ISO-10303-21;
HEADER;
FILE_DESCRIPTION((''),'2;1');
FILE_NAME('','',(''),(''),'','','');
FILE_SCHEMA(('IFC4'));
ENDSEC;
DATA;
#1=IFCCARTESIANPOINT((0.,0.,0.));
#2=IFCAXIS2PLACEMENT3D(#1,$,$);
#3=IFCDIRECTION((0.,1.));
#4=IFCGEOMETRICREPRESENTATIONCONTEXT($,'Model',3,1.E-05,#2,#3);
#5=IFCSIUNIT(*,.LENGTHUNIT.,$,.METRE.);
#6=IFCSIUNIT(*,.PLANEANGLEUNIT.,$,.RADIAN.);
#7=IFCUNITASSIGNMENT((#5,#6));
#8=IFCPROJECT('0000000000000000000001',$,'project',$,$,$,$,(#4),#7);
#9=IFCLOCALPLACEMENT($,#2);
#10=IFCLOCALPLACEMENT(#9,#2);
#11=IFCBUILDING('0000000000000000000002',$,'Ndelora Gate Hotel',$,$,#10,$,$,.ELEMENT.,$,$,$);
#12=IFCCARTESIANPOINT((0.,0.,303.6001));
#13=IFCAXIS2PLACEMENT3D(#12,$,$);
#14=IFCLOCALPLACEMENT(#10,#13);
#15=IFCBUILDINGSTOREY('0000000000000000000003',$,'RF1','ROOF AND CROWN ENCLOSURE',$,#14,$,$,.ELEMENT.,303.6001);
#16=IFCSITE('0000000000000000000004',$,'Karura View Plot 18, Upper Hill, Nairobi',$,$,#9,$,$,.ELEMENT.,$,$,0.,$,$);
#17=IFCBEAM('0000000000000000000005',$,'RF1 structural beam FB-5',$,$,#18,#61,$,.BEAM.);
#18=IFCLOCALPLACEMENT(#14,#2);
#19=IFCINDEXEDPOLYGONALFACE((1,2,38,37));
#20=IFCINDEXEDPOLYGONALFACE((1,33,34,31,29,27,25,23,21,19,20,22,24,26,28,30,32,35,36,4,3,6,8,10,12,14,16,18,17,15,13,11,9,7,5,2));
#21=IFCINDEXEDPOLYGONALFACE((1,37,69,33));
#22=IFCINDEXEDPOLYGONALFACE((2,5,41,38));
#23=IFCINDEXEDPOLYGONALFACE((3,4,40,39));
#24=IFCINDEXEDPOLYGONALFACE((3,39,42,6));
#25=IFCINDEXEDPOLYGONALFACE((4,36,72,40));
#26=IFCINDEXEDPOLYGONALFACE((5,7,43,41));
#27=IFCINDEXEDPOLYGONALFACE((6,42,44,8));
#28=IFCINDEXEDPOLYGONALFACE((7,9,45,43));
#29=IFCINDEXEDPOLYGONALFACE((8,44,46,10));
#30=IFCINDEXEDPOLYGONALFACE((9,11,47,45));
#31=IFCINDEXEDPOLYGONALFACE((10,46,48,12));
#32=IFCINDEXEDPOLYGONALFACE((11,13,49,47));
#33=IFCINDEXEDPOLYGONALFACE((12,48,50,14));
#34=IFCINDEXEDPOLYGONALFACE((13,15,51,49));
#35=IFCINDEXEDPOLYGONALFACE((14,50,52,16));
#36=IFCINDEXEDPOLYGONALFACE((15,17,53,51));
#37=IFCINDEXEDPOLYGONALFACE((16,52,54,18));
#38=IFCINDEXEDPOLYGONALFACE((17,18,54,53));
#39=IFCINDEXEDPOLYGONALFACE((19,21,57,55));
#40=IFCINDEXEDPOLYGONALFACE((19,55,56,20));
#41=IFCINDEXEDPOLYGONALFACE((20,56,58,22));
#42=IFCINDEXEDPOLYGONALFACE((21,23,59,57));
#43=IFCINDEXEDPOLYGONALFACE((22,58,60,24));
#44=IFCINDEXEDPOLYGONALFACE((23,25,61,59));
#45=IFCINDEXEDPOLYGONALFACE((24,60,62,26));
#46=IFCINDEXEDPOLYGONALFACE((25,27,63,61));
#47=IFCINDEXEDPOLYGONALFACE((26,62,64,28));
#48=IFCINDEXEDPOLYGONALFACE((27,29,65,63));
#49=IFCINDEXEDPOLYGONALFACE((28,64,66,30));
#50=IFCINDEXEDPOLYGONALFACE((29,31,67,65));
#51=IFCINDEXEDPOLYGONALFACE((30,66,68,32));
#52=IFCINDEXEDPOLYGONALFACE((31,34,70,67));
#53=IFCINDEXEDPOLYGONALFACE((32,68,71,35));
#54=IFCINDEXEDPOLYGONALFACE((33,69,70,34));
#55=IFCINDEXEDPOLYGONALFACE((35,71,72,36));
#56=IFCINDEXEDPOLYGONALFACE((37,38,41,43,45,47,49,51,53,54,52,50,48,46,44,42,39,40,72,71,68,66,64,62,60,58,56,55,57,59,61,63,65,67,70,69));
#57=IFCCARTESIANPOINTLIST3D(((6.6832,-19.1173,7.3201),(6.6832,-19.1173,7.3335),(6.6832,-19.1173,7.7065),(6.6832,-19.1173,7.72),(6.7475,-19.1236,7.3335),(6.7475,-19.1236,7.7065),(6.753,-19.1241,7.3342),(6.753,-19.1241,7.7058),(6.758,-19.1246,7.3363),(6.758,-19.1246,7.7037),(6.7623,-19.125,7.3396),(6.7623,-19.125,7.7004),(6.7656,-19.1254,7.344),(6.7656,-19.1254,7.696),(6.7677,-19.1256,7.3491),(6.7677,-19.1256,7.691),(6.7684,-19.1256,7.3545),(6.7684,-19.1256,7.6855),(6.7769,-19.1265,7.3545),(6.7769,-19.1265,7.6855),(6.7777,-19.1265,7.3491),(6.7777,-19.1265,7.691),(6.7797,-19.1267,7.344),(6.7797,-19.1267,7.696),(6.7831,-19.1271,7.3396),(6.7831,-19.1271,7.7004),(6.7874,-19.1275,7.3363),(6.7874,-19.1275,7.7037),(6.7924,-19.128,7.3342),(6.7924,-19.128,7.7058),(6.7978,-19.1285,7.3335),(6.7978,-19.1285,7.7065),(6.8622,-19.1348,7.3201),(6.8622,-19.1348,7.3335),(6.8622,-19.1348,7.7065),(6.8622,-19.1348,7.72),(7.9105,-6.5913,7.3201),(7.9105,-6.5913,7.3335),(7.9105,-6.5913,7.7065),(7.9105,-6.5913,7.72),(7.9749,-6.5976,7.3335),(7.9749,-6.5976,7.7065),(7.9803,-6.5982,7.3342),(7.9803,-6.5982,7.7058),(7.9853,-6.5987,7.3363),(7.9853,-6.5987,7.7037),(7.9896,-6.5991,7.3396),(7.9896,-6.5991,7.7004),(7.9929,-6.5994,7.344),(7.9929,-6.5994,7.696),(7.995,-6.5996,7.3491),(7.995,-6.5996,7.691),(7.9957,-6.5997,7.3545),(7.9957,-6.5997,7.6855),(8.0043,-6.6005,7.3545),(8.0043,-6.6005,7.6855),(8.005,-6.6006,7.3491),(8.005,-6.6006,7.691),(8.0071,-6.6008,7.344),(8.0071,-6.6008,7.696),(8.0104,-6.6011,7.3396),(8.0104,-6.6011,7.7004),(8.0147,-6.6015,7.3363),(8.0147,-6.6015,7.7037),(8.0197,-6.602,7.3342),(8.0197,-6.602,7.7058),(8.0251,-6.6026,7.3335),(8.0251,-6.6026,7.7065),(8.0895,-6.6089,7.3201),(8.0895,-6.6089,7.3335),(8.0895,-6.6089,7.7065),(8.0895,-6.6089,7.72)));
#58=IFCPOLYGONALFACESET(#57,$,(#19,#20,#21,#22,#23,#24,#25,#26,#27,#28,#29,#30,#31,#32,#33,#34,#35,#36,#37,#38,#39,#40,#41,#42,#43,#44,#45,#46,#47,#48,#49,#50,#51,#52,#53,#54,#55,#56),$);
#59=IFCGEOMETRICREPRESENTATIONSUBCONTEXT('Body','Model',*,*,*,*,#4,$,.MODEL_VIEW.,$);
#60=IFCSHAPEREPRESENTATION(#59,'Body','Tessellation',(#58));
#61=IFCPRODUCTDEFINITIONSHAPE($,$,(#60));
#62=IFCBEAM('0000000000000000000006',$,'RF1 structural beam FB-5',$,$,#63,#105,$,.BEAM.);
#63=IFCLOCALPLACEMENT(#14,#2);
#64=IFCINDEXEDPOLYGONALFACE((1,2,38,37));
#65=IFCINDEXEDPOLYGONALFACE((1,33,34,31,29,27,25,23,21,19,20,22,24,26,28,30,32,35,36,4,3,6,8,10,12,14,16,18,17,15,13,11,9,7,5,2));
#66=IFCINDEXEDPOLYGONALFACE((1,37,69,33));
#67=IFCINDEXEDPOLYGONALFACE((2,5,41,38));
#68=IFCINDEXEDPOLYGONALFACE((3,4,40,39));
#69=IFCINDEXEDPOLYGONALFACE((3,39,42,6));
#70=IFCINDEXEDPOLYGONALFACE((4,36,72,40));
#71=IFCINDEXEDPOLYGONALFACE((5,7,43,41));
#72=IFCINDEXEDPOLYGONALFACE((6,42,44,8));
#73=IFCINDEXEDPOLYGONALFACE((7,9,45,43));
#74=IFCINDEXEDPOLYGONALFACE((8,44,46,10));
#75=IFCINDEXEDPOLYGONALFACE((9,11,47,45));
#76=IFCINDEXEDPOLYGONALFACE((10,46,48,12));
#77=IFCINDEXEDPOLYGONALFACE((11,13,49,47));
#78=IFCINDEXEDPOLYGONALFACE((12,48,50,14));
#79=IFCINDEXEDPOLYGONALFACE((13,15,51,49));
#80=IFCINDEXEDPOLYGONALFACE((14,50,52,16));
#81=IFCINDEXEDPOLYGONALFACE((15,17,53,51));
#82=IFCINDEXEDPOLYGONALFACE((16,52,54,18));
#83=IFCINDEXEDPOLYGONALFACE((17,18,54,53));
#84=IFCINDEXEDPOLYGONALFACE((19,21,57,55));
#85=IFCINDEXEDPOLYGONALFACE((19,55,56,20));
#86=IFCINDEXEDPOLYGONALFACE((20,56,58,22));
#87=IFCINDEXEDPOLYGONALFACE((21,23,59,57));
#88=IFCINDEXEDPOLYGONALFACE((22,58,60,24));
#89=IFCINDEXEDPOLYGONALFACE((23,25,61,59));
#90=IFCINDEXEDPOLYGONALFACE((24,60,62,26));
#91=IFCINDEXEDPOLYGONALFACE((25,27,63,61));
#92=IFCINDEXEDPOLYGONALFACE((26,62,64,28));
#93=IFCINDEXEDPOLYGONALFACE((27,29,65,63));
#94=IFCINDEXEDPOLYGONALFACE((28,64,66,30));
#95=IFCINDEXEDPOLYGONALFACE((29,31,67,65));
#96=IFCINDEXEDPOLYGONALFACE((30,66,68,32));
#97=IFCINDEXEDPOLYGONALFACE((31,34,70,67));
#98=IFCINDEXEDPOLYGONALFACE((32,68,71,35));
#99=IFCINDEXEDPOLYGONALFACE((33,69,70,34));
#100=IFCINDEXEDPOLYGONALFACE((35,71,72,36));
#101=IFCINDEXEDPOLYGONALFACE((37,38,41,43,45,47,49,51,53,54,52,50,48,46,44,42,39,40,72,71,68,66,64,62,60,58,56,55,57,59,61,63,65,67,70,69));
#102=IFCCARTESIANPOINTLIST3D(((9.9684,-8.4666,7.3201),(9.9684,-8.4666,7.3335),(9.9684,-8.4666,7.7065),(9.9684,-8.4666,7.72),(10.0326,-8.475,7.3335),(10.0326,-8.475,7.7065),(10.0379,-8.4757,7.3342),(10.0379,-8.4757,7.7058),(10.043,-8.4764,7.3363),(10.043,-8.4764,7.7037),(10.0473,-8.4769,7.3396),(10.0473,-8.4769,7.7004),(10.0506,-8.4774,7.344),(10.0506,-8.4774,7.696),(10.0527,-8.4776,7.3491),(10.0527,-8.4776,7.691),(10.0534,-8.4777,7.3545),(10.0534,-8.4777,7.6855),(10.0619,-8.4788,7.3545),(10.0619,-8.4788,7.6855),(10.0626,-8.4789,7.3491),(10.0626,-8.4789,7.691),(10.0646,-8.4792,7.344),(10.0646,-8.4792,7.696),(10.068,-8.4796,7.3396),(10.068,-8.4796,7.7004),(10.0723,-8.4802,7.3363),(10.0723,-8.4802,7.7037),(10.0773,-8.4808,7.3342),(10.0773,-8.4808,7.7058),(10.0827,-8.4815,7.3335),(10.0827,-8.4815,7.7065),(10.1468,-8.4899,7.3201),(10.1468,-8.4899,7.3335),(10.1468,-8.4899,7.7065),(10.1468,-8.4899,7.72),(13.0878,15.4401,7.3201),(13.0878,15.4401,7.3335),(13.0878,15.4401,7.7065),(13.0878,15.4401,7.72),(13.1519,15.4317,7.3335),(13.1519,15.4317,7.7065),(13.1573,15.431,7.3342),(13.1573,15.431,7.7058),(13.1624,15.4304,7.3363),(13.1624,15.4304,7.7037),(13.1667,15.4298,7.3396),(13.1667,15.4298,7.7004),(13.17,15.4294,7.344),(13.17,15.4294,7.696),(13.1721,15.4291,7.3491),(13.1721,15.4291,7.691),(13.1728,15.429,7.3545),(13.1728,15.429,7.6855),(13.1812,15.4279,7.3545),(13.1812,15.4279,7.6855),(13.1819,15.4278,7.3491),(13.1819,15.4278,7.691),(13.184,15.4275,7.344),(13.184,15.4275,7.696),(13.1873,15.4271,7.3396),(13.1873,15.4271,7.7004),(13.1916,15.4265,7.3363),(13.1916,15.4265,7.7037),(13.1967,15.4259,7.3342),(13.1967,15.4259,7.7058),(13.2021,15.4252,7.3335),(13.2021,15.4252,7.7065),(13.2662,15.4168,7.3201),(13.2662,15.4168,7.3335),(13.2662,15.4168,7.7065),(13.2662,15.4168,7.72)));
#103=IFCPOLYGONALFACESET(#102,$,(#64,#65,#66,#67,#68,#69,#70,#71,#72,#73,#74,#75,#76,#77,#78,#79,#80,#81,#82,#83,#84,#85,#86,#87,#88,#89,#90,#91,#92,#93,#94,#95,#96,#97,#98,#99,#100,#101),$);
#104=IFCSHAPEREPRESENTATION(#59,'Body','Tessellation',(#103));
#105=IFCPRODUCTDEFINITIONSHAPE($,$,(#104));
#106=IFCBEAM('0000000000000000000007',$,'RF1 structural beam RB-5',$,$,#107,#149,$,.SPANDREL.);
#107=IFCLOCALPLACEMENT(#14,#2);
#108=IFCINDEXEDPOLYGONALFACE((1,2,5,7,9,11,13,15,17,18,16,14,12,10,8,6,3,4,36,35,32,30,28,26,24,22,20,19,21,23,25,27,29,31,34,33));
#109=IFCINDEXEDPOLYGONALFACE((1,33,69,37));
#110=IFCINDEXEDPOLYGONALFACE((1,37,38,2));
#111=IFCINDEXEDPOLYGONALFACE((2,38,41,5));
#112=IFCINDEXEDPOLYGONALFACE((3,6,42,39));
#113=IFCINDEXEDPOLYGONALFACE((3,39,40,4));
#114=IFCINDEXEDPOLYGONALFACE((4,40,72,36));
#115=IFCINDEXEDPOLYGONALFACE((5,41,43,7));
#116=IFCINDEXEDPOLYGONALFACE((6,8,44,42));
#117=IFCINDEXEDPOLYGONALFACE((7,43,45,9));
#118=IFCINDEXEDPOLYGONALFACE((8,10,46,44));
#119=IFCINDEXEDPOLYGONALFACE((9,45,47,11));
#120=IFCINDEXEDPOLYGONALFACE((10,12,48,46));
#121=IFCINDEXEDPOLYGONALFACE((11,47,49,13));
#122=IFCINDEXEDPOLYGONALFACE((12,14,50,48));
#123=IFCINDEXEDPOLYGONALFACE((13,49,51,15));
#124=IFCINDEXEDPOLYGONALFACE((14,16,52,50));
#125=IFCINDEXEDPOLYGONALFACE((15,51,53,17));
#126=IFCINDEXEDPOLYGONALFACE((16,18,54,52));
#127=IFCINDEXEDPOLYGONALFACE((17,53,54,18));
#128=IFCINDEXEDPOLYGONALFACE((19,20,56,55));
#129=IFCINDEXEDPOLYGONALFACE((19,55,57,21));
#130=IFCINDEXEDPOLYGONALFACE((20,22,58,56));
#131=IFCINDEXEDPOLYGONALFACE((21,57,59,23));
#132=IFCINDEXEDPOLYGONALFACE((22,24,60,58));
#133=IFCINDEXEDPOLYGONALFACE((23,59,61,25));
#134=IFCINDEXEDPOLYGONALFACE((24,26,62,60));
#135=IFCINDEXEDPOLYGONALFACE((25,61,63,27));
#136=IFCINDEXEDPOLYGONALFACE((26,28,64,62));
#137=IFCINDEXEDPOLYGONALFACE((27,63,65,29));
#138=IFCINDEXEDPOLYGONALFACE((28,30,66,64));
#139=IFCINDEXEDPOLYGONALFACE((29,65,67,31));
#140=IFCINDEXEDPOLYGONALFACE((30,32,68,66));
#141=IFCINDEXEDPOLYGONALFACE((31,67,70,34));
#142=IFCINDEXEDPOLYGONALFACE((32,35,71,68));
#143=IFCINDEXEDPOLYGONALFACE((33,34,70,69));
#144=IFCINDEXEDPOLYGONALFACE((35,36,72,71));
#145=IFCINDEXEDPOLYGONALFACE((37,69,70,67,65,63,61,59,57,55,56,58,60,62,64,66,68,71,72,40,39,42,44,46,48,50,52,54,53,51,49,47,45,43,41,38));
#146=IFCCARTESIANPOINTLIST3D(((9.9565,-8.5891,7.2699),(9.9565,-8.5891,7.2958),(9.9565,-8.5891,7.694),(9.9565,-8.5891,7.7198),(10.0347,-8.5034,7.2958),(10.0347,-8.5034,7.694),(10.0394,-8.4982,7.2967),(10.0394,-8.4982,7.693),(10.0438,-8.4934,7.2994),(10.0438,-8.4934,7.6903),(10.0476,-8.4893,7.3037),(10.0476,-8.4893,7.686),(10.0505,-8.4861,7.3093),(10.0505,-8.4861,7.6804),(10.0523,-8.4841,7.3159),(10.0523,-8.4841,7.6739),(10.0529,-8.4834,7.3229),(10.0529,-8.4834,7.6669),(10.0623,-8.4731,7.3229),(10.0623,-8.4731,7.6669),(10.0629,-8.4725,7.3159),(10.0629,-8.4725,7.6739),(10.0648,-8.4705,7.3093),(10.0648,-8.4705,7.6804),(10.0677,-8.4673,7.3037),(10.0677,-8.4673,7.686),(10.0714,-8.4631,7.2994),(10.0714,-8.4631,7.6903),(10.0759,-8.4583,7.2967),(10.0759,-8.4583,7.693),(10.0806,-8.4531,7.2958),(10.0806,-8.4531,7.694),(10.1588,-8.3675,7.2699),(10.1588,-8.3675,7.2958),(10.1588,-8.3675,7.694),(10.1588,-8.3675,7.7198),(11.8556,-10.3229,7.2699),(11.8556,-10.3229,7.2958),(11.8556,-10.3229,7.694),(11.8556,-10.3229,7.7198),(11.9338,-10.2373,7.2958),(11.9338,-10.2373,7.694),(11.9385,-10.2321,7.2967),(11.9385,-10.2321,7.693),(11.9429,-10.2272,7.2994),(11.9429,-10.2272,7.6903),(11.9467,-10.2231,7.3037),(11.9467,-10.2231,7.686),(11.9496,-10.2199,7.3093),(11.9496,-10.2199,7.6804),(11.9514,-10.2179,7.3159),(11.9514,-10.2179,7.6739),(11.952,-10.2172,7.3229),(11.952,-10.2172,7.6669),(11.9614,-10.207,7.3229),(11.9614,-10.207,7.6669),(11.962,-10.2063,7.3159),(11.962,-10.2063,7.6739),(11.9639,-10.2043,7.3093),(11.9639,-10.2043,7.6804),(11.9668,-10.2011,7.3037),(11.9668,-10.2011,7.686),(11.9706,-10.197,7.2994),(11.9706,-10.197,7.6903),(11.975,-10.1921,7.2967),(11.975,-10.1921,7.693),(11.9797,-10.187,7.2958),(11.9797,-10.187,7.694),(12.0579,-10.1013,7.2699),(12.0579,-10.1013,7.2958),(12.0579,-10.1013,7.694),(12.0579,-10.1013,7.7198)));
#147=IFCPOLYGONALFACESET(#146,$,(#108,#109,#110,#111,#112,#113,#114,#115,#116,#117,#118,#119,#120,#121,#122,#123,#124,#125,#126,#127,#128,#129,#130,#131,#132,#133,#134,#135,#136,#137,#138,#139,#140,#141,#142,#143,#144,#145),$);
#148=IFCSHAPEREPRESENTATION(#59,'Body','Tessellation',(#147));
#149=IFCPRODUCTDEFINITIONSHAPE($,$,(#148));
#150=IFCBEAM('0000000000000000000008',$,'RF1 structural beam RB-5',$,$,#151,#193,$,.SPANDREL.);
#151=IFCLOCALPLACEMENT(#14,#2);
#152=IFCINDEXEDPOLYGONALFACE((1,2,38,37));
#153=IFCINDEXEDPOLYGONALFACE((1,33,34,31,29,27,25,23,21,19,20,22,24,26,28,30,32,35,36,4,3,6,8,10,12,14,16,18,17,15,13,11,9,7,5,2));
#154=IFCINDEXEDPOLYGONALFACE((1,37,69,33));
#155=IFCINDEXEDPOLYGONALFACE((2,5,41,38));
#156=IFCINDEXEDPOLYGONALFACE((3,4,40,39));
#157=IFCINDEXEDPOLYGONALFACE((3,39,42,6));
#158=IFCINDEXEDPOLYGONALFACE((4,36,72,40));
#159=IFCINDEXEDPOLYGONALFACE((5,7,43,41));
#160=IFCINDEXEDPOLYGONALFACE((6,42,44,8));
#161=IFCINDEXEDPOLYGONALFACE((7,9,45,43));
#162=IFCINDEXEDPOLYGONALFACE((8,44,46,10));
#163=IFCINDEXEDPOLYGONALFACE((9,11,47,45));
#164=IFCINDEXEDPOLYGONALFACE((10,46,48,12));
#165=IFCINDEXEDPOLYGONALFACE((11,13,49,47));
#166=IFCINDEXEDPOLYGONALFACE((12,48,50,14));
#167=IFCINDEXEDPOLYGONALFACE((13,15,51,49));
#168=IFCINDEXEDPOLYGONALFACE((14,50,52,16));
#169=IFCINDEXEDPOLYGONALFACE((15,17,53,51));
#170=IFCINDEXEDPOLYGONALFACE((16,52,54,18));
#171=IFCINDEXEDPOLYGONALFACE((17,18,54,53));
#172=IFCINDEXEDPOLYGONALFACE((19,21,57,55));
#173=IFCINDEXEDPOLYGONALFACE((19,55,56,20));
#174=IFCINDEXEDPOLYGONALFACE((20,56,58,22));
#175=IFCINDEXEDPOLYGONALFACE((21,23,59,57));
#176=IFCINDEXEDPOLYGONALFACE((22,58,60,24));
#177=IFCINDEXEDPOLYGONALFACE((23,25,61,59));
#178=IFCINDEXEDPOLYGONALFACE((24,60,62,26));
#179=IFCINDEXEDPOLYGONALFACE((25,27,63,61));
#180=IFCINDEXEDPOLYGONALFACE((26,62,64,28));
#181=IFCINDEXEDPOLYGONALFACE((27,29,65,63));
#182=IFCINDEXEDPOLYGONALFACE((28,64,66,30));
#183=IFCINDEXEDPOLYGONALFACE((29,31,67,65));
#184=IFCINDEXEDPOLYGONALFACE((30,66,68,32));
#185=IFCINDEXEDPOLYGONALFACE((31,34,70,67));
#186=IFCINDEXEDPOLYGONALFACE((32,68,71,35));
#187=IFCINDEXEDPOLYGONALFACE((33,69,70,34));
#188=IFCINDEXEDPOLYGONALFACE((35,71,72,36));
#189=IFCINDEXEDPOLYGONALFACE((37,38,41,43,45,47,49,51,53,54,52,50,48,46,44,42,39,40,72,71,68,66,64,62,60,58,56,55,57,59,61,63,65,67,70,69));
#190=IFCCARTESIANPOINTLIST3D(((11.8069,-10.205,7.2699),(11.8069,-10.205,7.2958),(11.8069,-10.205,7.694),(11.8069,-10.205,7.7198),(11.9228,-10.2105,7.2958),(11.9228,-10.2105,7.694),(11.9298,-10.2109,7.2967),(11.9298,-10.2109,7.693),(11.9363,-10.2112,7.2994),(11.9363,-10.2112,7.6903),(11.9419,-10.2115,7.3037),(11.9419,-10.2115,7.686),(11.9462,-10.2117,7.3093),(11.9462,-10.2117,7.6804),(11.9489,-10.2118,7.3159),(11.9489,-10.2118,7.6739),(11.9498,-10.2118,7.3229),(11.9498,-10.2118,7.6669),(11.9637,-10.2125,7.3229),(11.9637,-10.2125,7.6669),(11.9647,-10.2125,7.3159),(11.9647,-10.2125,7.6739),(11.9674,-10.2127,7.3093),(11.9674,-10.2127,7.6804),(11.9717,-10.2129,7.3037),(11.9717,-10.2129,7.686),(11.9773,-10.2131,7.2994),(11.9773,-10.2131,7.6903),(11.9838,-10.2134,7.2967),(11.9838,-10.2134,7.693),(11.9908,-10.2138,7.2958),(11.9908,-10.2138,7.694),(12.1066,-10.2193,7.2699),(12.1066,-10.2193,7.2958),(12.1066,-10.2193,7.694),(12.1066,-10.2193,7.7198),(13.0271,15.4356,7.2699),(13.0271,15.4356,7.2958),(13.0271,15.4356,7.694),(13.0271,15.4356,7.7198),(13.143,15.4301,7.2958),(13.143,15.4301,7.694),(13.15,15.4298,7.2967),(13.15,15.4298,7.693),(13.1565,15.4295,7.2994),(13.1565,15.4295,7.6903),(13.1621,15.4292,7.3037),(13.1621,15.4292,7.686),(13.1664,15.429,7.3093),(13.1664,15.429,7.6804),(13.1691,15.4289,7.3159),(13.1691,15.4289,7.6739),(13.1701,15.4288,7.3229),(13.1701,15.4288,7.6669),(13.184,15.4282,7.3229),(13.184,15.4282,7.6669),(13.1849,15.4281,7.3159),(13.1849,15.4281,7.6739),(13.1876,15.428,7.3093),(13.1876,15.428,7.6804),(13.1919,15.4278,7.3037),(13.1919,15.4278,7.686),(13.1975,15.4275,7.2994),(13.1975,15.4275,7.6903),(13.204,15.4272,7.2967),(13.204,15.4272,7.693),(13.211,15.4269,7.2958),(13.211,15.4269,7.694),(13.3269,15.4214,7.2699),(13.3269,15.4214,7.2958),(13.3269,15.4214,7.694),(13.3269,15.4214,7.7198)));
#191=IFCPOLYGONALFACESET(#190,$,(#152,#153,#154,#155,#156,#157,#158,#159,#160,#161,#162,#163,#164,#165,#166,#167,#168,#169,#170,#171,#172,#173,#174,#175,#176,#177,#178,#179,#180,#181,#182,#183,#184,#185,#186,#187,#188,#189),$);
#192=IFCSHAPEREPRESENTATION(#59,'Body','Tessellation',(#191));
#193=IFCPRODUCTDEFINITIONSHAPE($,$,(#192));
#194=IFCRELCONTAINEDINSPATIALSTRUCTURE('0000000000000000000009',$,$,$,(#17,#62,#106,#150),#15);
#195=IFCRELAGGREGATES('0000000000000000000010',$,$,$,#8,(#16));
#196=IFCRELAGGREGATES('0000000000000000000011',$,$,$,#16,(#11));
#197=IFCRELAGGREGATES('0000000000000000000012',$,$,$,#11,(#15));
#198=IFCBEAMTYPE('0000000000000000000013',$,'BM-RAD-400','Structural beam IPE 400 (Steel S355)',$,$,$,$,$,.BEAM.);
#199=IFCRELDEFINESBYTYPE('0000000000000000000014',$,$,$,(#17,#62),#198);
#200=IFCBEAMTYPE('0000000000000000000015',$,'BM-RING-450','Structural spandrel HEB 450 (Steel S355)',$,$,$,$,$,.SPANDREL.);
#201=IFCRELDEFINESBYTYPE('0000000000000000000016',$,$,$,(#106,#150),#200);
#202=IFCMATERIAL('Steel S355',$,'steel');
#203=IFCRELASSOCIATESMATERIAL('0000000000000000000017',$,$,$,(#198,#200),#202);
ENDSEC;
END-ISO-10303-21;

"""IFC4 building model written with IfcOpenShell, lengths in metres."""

from ifc_helpers import new_model, si_unit, direction, frame, origin, origin_2d, place, context, subcontext, project, spatial, i_section, extrude, material, material_profile, profile_set, type_object, element, save


model = new_model("IFC4")

# Units and contexts
model_context = context("Model", 3, precision=1e-05, world=origin(), true_north=direction((0.0, 1.0)))
body_context = subcontext(model_context, "Body", "Model", "MODEL_VIEW")
ifc_project = project(units=[si_unit("LENGTHUNIT", "METRE"), si_unit("PLANEANGLEUNIT", "RADIAN")], contexts=[model_context])

# Site, building, storey
site_placement = place(None, origin())
site = spatial("IfcSite", under=ifc_project, at=site_placement, Name="Karura View Plot 18, Upper Hill, Nairobi", CompositionType="ELEMENT", RefElevation=0.0)
building_placement = place(site_placement, origin())
building = spatial("IfcBuilding", under=site, at=building_placement, Name="Ndelora Gate Hotel", CompositionType="ELEMENT")
storey_placement = place(building_placement, frame((0.0, 0.0, 303.6001)))
storey = spatial("IfcBuildingStorey", under=building, at=storey_placement, Name="RF1", Description="ROOF AND CROWN ENCLOSURE", CompositionType="ELEMENT", Elevation=303.6001)

# Shared definitions
ifc_material_1 = material(Name="Steel S355", Category="steel")

# Beams
ifc_material_profile_1 = material_profile(ifc_material_1, i_section(OverallWidth=0.1799, OverallDepth=0.3999, WebThickness=0.0085, FlangeThickness=0.0134, FilletRadius=0.021, at=origin_2d()), Name="IPE 400")
ifc_profile_set_1 = profile_set([ifc_material_profile_1], Name="Steel S355")
beam_type_1 = type_object("IfcBeamType", Name="BM-RAD-400", Description="Structural beam IPE 400 (Steel S355)", PredefinedType="BEAM", material=ifc_profile_set_1)
beam_1_placement = place(storey_placement, frame((8.0, -6.6001, 7.52), z_axis=(-0.097514, -0.995234, 0.0), x_axis=(0.995234, -0.097514, 0.0)))
element("IfcBeam", 1, at=beam_1_placement, inside=storey, type_object=beam_type_1, Name="RF1 structural beam FB-5", PredefinedType="BEAM", context=body_context, shape_type="SweptSolid", body=[
    extrude(i_section(OverallWidth=0.1799, OverallDepth=0.3999, WebThickness=0.0085, FlangeThickness=0.0134, FilletRadius=0.021, at=origin_2d()), origin(), (0.0, 0.0, 1.0), 12.5859),
])
beam_2_placement = place(storey_placement, frame((10.0576, -8.4783, 7.52), z_axis=(0.129385, 0.991594, 0.0), x_axis=(-0.991594, 0.129385, 0.0)))
element("IfcBeam", 2, at=beam_2_placement, inside=storey, type_object=beam_type_1, Name="RF1 structural beam FB-5", PredefinedType="BEAM", context=body_context, shape_type="SweptSolid", body=[
    extrude(i_section(OverallWidth=0.1799, OverallDepth=0.3999, WebThickness=0.0085, FlangeThickness=0.0134, FilletRadius=0.021, at=origin_2d()), origin(), (0.0, 0.0, 1.0), 24.1094),
])
ifc_material_profile_2 = material_profile(ifc_material_1, i_section(OverallWidth=0.3, OverallDepth=0.45, WebThickness=0.0139, FlangeThickness=0.0259, FilletRadius=0.0271, at=origin_2d()), Name="HEB 450")
ifc_profile_set_2 = profile_set([ifc_material_profile_2], Name="Steel S355")
beam_type_2 = type_object("IfcBeamType", Name="BM-RING-450", Description="Structural spandrel HEB 450 (Steel S355)", PredefinedType="SPANDREL", material=ifc_profile_set_2)
beam_3_placement = place(storey_placement, frame((10.0576, -8.4783, 7.4949), z_axis=(0.738512, -0.67424, 0.0), x_axis=(0.67424, 0.738512, 0.0)))
element("IfcBeam", 3, at=beam_3_placement, inside=storey, type_object=beam_type_2, Name="RF1 structural beam RB-5", PredefinedType="SPANDREL", context=body_context, shape_type="SweptSolid", body=[
    extrude(i_section(OverallWidth=0.3, OverallDepth=0.45, WebThickness=0.0139, FlangeThickness=0.0259, FilletRadius=0.0271, at=origin_2d()), origin(), (0.0, 0.0, 1.0), 2.5715),
])
beam_4_placement = place(storey_placement, frame((11.9568, -10.2122, 7.4949), z_axis=(0.047535, 0.99887, 0.0), x_axis=(-0.99887, 0.047535, 0.0)))
element("IfcBeam", 4, at=beam_4_placement, inside=storey, type_object=beam_type_2, Name="RF1 structural beam RB-5", PredefinedType="SPANDREL", context=body_context, shape_type="SweptSolid", body=[
    extrude(i_section(OverallWidth=0.3, OverallDepth=0.45, WebThickness=0.0139, FlangeThickness=0.0259, FilletRadius=0.0271, at=origin_2d()), origin(), (0.0, 0.0, 1.0), 25.6697),
])

save(model, "model.ifc")
